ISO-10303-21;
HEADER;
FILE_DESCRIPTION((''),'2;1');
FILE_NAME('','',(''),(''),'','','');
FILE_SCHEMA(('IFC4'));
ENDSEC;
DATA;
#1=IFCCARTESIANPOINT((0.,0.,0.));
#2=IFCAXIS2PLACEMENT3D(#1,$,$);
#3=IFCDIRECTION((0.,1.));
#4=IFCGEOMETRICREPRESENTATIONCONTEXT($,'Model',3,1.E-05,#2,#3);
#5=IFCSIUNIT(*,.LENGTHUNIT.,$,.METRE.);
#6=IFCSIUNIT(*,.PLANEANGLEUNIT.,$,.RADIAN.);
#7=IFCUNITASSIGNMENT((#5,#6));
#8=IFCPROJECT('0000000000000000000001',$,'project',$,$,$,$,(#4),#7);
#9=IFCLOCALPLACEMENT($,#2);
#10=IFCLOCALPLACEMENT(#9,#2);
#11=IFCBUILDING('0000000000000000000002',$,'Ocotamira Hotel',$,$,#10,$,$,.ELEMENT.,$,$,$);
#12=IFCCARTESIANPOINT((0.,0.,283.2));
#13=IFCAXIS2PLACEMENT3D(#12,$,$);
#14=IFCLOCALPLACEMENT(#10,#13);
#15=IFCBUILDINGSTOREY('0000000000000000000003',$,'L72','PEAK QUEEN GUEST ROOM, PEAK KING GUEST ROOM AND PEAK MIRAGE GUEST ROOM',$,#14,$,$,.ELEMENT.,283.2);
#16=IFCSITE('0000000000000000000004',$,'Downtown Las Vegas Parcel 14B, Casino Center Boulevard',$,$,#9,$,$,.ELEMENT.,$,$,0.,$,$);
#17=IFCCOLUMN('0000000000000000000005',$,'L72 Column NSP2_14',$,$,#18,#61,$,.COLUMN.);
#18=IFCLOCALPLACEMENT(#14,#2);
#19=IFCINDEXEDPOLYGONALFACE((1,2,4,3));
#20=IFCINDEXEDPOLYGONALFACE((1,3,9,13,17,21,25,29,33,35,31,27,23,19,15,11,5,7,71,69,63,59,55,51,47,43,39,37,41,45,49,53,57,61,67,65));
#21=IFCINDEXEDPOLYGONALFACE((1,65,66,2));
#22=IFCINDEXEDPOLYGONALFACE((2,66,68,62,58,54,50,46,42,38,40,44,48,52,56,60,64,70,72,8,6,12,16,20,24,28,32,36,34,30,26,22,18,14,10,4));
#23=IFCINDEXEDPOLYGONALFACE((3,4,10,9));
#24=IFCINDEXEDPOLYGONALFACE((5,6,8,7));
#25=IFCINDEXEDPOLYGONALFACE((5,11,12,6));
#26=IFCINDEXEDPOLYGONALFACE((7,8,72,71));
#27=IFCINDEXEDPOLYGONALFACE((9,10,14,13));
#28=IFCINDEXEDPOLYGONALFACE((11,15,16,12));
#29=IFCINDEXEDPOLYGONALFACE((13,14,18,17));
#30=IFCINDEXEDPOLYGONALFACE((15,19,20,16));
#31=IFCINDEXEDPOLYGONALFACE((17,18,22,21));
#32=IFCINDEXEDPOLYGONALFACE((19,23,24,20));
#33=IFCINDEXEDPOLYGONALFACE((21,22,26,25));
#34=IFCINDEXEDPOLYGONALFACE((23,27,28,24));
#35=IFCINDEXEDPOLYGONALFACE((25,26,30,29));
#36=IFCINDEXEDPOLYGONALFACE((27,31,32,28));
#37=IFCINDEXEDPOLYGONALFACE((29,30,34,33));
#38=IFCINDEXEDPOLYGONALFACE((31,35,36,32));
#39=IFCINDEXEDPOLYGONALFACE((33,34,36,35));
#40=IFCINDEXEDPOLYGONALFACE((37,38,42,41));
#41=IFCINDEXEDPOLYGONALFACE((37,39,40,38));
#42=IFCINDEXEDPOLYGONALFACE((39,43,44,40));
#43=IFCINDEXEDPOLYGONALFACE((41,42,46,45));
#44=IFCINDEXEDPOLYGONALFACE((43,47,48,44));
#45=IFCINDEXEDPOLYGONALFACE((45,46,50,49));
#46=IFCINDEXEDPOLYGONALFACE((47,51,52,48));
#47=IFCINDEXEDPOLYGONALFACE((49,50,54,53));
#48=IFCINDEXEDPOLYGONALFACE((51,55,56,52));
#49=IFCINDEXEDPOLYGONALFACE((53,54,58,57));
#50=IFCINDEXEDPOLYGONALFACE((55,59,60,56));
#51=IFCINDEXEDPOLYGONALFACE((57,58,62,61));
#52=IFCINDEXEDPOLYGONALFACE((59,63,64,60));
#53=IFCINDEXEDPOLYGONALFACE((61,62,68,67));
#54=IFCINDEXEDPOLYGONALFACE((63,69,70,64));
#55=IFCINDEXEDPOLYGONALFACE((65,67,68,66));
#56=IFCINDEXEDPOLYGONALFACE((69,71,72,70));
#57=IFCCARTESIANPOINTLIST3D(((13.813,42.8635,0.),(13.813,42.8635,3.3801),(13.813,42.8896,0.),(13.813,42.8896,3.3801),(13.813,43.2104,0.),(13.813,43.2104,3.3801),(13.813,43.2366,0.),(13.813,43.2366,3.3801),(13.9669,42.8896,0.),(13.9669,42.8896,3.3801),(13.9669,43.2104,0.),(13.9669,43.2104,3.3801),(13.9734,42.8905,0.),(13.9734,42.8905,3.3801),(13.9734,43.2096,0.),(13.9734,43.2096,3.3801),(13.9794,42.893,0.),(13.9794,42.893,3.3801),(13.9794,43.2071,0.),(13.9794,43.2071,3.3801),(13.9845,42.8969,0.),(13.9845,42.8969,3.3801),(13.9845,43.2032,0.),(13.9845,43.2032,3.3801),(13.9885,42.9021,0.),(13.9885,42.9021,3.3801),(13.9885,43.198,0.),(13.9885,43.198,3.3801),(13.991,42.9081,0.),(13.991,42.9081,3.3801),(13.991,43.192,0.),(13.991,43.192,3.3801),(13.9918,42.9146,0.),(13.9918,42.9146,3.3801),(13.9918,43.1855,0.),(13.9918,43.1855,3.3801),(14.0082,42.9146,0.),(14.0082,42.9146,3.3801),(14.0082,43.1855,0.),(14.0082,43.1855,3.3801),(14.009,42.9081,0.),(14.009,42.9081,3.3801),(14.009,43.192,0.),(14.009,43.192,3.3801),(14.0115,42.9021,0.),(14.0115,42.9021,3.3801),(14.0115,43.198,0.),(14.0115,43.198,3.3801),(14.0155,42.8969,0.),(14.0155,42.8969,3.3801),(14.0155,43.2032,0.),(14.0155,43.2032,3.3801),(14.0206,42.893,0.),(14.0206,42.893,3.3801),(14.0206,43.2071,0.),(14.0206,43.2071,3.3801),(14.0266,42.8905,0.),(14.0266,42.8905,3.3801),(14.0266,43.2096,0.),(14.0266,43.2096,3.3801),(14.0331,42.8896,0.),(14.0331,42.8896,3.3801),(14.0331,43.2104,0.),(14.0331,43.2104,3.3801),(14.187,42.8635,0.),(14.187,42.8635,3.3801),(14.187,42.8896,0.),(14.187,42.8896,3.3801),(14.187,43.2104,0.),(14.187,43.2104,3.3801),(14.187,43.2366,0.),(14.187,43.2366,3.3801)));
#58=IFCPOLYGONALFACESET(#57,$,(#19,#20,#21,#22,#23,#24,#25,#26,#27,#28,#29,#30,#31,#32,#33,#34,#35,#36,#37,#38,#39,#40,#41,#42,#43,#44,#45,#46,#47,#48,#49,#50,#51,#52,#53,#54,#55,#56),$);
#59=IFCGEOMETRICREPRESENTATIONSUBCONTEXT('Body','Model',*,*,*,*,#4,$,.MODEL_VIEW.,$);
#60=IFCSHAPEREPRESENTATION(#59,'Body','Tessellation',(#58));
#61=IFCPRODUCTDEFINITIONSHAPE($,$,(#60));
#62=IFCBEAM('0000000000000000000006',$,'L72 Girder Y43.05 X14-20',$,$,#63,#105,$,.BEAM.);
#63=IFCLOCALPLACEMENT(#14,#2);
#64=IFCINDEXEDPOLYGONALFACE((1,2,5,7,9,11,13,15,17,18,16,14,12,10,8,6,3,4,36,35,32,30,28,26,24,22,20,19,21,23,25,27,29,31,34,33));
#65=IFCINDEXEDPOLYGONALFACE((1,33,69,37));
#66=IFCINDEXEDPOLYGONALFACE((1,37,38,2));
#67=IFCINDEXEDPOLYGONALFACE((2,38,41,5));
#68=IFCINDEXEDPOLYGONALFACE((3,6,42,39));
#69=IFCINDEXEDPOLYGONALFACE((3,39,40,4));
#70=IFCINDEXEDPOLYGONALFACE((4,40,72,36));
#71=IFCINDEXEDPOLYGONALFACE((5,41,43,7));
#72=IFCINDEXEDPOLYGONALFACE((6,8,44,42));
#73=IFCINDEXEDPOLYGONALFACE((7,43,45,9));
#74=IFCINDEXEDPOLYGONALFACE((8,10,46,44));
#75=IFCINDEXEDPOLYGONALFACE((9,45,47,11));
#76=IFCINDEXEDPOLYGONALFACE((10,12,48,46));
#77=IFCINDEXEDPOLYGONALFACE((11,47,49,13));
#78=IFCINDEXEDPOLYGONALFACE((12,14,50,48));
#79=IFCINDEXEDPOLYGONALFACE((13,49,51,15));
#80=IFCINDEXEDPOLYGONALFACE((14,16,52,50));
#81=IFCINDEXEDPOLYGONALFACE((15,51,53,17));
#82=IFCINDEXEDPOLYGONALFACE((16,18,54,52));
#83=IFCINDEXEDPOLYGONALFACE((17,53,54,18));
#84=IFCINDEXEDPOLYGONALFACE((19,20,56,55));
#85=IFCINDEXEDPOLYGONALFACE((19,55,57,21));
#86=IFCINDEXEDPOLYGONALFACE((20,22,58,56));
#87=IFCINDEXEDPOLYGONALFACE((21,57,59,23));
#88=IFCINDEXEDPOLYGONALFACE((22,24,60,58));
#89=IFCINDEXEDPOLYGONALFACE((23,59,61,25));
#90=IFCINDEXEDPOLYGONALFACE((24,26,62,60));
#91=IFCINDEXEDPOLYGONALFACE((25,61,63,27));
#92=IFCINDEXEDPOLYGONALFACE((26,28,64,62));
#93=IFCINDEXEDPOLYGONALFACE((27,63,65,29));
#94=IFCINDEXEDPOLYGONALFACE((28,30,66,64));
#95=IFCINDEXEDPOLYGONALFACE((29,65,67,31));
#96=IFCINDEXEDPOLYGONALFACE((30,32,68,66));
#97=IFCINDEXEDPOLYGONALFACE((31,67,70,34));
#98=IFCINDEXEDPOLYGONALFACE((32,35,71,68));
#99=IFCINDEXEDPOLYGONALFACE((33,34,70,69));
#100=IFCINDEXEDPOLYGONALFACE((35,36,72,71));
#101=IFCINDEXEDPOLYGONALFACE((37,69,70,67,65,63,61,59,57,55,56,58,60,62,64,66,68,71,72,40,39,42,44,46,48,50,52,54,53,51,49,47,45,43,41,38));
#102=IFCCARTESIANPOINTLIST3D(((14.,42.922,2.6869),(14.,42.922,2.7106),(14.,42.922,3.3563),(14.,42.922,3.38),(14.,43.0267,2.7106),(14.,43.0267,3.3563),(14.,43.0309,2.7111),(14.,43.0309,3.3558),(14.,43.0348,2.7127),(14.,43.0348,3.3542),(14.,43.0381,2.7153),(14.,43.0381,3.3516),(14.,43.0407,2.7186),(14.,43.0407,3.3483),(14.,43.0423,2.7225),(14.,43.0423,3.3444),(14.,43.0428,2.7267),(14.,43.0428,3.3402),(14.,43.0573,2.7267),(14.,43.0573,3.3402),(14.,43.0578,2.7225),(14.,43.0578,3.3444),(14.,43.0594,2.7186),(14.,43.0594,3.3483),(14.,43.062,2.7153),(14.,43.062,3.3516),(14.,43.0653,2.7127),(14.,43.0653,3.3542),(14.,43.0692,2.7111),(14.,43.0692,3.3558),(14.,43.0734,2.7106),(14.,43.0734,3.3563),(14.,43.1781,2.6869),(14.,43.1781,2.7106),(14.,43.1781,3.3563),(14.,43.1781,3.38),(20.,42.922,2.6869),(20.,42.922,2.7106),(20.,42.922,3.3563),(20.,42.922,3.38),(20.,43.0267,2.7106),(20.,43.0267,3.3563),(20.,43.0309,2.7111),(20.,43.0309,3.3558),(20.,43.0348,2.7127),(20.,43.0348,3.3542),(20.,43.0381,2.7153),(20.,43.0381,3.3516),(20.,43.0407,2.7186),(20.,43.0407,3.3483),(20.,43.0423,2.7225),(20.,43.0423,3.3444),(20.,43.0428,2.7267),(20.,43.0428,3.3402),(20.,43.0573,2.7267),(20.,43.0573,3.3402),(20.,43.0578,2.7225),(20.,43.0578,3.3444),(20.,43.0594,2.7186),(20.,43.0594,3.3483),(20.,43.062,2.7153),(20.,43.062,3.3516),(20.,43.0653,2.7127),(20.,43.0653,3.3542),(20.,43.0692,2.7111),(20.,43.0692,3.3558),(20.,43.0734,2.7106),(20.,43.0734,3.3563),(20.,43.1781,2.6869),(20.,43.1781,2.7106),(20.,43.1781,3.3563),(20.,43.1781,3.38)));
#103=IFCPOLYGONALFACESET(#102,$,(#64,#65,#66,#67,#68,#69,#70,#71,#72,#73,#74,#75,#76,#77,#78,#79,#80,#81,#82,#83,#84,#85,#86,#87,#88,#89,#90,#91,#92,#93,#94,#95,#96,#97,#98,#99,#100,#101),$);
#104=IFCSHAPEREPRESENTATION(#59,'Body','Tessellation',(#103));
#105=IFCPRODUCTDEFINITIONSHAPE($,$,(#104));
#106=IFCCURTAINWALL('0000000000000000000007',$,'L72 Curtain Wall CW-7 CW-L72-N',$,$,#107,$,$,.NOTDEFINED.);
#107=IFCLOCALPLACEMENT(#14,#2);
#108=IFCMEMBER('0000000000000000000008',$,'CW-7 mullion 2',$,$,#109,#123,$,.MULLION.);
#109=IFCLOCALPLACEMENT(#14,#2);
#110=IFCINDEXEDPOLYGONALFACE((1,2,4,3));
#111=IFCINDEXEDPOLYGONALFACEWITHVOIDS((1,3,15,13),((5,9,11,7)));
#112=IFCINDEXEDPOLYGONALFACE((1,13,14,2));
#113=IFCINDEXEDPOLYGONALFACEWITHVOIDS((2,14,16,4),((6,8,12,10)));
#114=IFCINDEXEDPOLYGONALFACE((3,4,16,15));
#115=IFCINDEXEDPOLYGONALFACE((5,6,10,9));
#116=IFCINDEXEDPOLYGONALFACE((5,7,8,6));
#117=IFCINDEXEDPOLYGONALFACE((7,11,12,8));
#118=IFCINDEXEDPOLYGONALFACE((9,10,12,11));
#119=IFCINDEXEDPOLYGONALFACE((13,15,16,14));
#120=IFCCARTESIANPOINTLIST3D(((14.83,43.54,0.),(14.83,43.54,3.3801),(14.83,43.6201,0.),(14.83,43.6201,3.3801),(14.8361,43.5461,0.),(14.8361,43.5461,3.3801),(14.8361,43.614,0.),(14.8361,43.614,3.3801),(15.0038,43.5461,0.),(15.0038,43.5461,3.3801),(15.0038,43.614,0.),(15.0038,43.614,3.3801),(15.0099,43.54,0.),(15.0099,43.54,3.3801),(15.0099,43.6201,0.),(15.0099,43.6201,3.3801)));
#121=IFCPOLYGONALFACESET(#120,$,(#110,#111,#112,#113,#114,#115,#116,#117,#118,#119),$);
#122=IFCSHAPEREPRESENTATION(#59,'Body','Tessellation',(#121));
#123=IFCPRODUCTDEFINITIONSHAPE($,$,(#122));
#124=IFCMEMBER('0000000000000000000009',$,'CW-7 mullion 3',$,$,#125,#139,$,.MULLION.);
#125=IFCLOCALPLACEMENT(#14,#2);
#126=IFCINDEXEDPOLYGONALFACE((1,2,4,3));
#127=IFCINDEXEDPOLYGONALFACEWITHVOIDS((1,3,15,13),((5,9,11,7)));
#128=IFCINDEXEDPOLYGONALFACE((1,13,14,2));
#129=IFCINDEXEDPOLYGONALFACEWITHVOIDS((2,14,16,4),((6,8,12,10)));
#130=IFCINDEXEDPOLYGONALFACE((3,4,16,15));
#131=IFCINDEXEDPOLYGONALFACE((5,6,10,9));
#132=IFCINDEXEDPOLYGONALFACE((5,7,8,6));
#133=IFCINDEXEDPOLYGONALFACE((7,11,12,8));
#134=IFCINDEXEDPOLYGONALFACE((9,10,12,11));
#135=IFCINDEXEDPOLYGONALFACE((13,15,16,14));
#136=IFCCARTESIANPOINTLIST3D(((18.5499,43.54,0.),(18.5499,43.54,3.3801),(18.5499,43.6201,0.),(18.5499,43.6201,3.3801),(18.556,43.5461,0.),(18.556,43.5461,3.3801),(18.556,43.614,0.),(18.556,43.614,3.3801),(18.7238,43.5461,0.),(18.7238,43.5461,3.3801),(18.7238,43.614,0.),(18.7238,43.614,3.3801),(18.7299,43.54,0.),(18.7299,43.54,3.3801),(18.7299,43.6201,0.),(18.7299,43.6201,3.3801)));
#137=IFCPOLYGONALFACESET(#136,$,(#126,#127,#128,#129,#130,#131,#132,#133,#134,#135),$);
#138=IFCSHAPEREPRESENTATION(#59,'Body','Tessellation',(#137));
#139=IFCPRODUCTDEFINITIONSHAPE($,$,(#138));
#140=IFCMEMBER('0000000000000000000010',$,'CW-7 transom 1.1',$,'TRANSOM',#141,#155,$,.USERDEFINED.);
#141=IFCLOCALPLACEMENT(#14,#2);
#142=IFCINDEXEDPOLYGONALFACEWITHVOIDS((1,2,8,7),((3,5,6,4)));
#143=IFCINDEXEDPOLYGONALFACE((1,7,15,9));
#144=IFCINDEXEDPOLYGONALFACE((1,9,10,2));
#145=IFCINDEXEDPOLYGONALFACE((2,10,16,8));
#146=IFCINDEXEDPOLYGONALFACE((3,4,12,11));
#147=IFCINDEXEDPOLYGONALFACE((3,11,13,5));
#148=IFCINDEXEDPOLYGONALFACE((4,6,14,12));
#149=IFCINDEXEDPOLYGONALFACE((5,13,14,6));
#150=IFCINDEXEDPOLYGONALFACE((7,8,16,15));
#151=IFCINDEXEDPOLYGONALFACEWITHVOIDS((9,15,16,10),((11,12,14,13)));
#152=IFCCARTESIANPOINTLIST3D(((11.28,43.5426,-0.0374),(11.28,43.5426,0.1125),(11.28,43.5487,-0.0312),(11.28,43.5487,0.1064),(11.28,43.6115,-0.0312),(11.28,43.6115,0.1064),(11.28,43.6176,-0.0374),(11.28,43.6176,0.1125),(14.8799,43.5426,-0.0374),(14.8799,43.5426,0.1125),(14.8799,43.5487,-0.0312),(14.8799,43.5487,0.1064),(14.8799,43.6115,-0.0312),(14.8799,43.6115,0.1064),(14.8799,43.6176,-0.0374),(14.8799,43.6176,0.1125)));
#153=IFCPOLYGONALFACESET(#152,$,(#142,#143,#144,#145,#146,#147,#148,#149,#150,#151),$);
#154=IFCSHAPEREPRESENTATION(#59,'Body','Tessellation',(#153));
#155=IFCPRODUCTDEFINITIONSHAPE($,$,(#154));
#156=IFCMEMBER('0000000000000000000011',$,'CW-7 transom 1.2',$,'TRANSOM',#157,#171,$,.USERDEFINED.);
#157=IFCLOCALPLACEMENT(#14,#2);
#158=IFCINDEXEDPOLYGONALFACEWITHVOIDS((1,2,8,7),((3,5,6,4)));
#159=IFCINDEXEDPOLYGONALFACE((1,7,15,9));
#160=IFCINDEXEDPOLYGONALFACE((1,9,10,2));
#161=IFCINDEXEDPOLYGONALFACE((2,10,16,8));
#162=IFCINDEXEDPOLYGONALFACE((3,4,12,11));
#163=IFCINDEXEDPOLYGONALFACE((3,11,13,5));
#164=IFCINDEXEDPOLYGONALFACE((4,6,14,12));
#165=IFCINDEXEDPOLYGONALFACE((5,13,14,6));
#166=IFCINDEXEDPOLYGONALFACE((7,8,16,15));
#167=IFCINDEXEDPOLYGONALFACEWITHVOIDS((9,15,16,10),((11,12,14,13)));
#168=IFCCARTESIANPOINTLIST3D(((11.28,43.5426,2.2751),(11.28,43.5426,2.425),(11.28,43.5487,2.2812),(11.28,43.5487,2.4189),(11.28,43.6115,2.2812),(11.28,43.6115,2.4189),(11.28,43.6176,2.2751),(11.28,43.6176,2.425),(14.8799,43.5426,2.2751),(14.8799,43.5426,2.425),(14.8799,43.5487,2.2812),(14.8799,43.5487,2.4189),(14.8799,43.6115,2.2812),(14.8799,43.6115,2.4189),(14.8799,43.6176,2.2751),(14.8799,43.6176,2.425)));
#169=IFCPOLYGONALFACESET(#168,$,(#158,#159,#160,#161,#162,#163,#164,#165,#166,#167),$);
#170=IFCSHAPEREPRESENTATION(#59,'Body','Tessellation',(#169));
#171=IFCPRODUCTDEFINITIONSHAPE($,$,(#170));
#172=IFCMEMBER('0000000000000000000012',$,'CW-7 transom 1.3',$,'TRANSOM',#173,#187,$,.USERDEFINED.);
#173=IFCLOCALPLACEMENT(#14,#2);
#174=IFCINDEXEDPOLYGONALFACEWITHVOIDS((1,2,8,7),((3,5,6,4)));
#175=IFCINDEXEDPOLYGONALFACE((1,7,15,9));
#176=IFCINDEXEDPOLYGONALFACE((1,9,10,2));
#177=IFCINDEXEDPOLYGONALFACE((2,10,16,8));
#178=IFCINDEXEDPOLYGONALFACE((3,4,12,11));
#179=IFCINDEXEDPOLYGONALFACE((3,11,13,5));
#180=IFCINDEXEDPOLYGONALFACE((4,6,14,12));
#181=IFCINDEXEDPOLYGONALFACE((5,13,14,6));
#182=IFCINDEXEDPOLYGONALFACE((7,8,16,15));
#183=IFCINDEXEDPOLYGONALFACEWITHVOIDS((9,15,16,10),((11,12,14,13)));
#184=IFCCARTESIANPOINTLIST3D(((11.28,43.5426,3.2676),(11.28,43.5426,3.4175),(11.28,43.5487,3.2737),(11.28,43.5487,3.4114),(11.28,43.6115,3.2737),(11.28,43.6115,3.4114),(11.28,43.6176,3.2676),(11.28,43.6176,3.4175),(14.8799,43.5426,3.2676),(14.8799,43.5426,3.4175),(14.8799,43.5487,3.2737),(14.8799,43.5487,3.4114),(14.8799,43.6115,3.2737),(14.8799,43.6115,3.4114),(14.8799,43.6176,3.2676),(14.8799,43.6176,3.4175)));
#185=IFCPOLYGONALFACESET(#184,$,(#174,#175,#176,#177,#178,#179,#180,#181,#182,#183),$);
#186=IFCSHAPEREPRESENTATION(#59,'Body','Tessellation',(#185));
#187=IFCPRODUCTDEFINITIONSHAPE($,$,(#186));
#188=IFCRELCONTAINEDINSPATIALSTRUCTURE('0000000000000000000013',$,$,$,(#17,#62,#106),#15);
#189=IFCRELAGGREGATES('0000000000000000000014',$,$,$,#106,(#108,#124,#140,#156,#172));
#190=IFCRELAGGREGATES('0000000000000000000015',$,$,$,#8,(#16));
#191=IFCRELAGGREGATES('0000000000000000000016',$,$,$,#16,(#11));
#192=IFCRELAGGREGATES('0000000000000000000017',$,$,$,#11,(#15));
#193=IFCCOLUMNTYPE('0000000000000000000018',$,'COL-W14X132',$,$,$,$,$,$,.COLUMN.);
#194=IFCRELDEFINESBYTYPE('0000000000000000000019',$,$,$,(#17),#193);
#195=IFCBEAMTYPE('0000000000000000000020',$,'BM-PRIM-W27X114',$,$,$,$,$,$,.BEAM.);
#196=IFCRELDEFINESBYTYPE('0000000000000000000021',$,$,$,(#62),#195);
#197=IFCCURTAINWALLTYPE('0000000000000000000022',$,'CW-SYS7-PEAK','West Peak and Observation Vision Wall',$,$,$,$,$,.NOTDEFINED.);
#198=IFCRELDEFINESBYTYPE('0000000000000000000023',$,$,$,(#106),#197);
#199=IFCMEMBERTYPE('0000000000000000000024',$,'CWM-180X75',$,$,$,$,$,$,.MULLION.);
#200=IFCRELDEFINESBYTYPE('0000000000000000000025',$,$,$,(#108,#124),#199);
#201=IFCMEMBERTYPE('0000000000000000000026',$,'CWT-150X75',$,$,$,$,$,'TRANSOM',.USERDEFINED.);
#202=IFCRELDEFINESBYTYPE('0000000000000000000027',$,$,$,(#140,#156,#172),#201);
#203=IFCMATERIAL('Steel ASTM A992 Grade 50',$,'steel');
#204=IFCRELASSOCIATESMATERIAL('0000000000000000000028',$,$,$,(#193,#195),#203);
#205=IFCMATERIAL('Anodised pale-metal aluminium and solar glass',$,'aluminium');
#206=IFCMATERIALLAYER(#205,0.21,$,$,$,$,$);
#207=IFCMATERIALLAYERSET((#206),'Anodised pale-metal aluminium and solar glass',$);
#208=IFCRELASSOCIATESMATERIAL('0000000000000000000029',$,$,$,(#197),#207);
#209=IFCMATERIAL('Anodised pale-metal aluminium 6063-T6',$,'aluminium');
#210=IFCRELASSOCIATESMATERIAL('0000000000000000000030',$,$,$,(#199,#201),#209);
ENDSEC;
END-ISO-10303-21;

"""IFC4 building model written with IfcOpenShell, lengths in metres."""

from ifc_helpers import new_model, si_unit, direction, frame, origin, origin_2d, place, context, subcontext, project, spatial, hollow_rectangle, i_section, extrude, source, transform, mapped, material, layer, layer_set, material_profile, profile_set, type_object, element, aggregate, save


model = new_model("IFC4")

# Units and contexts
model_context = context("Model", 3, precision=1e-05, world=origin(), true_north=direction((0.0, 1.0)))
body_context = subcontext(model_context, "Body", "Model", "MODEL_VIEW")
ifc_project = project(units=[si_unit("LENGTHUNIT", "METRE"), si_unit("PLANEANGLEUNIT", "RADIAN")], contexts=[model_context])

# Site, building, storey
site_placement = place(None, origin())
site = spatial("IfcSite", under=ifc_project, at=site_placement, Name="Downtown Las Vegas Parcel 14B, Casino Center Boulevard", CompositionType="ELEMENT", RefElevation=0.0)
building_placement = place(site_placement, origin())
building = spatial("IfcBuilding", under=site, at=building_placement, Name="Ocotamira Hotel", CompositionType="ELEMENT")
storey_placement = place(building_placement, frame((0.0, 0.0, 283.2)))
storey = spatial("IfcBuildingStorey", under=building, at=storey_placement, Name="L72", Description="PEAK QUEEN GUEST ROOM, PEAK KING GUEST ROOM AND PEAK MIRAGE GUEST ROOM", CompositionType="ELEMENT", Elevation=283.2)

# Column
ifc_material_1 = material(Name="Steel ASTM A992 Grade 50", Category="steel")
ifc_material_profile_1 = material_profile(ifc_material_1, i_section(OverallWidth=0.374, OverallDepth=0.373, WebThickness=0.0164, FlangeThickness=0.0261, FilletRadius=0.0249, at=origin_2d()), Name="W14X132")
ifc_profile_set_1 = profile_set([ifc_material_profile_1], Name="Steel ASTM A992 Grade 50")
column_type = type_object("IfcColumnType", Name="COL-W14X132", PredefinedType="COLUMN", material=ifc_profile_set_1)
shared_shape_1 = source(origin(), body_context, "Body", "SweptSolid", [
    extrude(i_section(OverallWidth=0.374, OverallDepth=0.373, WebThickness=0.0164, FlangeThickness=0.0261, FilletRadius=0.0249, at=origin_2d()), origin(), (0.0, 0.0, 1.0), 3.3801),
])
column_placement = place(storey_placement, frame((14.0, 43.05, 0.0), z_axis=(0.0, 0.0, 1.0), x_axis=(1.0, 0.0, 0.0)))
element("IfcColumn", 1, at=column_placement, inside=storey, type_object=column_type, Name="L72 Column NSP2_14", PredefinedType="COLUMN", context=body_context, shape_type="MappedRepresentation", body=[
    mapped(shared_shape_1, transform((0.0, 0.0, 0.0), scale=1.0)),
])

# Beam
ifc_material_profile_2 = material_profile(ifc_material_1, i_section(OverallWidth=0.2561, OverallDepth=0.6931, WebThickness=0.0144, FlangeThickness=0.0237, FilletRadius=0.0161, at=origin_2d()), Name="W27X114")
ifc_profile_set_2 = profile_set([ifc_material_profile_2], Name="Steel ASTM A992 Grade 50")
beam_type = type_object("IfcBeamType", Name="BM-PRIM-W27X114", PredefinedType="BEAM", material=ifc_profile_set_2)
shared_shape_2 = source(origin(), body_context, "Body", "SweptSolid", [
    extrude(i_section(OverallWidth=0.2561, OverallDepth=0.6931, WebThickness=0.0144, FlangeThickness=0.0237, FilletRadius=0.0161, at=origin_2d()), origin(), (0.0, 0.0, 1.0), 6.0),
])
beam_placement = place(storey_placement, frame((14.0, 43.05, 3.0334), z_axis=(1.0, 0.0, 0.0), x_axis=(0.0, 1.0, 0.0)))
element("IfcBeam", 2, at=beam_placement, inside=storey, type_object=beam_type, Name="L72 Girder Y43.05 X14-20", PredefinedType="BEAM", context=body_context, shape_type="MappedRepresentation", body=[
    mapped(shared_shape_2, transform((0.0, 0.0, 0.0), scale=1.0)),
])

# Curtain wall, members
ifc_material_2 = material(Name="Anodised pale-metal aluminium and solar glass", Category="aluminium")
ifc_layer_1 = layer(ifc_material_2, 0.21)
ifc_layer_set_1 = layer_set([ifc_layer_1], Name="Anodised pale-metal aluminium and solar glass")
curtain_wall_type = type_object("IfcCurtainWallType", Name="CW-SYS7-PEAK", Description="West Peak and Observation Vision Wall", PredefinedType="NOTDEFINED", material=ifc_layer_set_1)
curtain_wall_placement = place(storey_placement, origin())
curtain_wall = element("IfcCurtainWall", 3, at=curtain_wall_placement, inside=storey, type_object=curtain_wall_type, Name="L72 Curtain Wall CW-7 CW-L72-N", PredefinedType="NOTDEFINED")
ifc_material_3 = material(Name="Anodised pale-metal aluminium 6063-T6", Category="aluminium")
ifc_material_profile_3 = material_profile(ifc_material_3, hollow_rectangle(XDim=0.0801, YDim=0.1799, WallThickness=0.0061, at=origin_2d()), Name="HSS180X80X6")
ifc_profile_set_3 = profile_set([ifc_material_profile_3], Name="Anodised pale-metal aluminium 6063-T6")
member_type_1 = type_object("IfcMemberType", Name="CWM-180X75", PredefinedType="MULLION", material=ifc_profile_set_3)
shared_shape_3 = source(origin(), body_context, "Body", "SweptSolid", [
    extrude(hollow_rectangle(XDim=0.0801, YDim=0.1799, WallThickness=0.0061, at=origin_2d()), origin(), (0.0, 0.0, 1.0), 3.3801),
])
member_1_placement = place(storey_placement, frame((14.9199, 43.5801, 0.0), z_axis=(0.0, 0.0, 1.0), x_axis=(0.0, 1.0, 0.0)))
member_1 = element("IfcMember", 4, at=member_1_placement, type_object=member_type_1, Name="CW-7 mullion 2", PredefinedType="MULLION", context=body_context, shape_type="MappedRepresentation", body=[
    mapped(shared_shape_3, transform((0.0, 0.0, 0.0), scale=1.0)),
])
member_2_placement = place(storey_placement, frame((18.6399, 43.5801, 0.0), z_axis=(0.0, 0.0, 1.0), x_axis=(0.0, 1.0, 0.0)))
member_2 = element("IfcMember", 5, at=member_2_placement, type_object=member_type_1, Name="CW-7 mullion 3", PredefinedType="MULLION", context=body_context, shape_type="MappedRepresentation", body=[
    mapped(shared_shape_3, transform((0.0, 0.0, 0.0), scale=1.0)),
])
ifc_material_profile_4 = material_profile(ifc_material_3, hollow_rectangle(XDim=0.075, YDim=0.1499, WallThickness=0.0061, at=origin_2d()), Name="HSS150X75X6")
ifc_profile_set_4 = profile_set([ifc_material_profile_4], Name="Anodised pale-metal aluminium 6063-T6")
member_type_2 = type_object("IfcMemberType", Name="CWT-150X75", ElementType="TRANSOM", PredefinedType="USERDEFINED", material=ifc_profile_set_4)
shared_shape_4 = source(origin(), body_context, "Body", "SweptSolid", [
    extrude(hollow_rectangle(XDim=0.075, YDim=0.1499, WallThickness=0.0061, at=origin_2d()), origin(), (0.0, 0.0, 1.0), 3.5999),
])
member_3_placement = place(storey_placement, frame((11.28, 43.5801, 0.0376), z_axis=(1.0, 0.0, 0.0), x_axis=(0.0, 1.0, 0.0)))
member_3 = element("IfcMember", 6, at=member_3_placement, type_object=member_type_2, Name="CW-7 transom 1.1", ObjectType="TRANSOM", PredefinedType="USERDEFINED", context=body_context, shape_type="MappedRepresentation", body=[
    mapped(shared_shape_4, transform((0.0, 0.0, 0.0), scale=1.0)),
])
member_4_placement = place(storey_placement, frame((11.28, 43.5801, 2.3501), z_axis=(1.0, 0.0, 0.0), x_axis=(0.0, 1.0, 0.0)))
member_4 = element("IfcMember", 7, at=member_4_placement, type_object=member_type_2, Name="CW-7 transom 1.2", ObjectType="TRANSOM", PredefinedType="USERDEFINED", context=body_context, shape_type="MappedRepresentation", body=[
    mapped(shared_shape_4, transform((0.0, 0.0, 0.0), scale=1.0)),
])
member_5_placement = place(storey_placement, frame((11.28, 43.5801, 3.3425), z_axis=(1.0, 0.0, 0.0), x_axis=(0.0, 1.0, 0.0)))
member_5 = element("IfcMember", 8, at=member_5_placement, type_object=member_type_2, Name="CW-7 transom 1.3", ObjectType="TRANSOM", PredefinedType="USERDEFINED", context=body_context, shape_type="MappedRepresentation", body=[
    mapped(shared_shape_4, transform((0.0, 0.0, 0.0), scale=1.0)),
])
aggregate(curtain_wall, [member_1, member_2, member_3, member_4, member_5])

save(model, "model.ifc")
